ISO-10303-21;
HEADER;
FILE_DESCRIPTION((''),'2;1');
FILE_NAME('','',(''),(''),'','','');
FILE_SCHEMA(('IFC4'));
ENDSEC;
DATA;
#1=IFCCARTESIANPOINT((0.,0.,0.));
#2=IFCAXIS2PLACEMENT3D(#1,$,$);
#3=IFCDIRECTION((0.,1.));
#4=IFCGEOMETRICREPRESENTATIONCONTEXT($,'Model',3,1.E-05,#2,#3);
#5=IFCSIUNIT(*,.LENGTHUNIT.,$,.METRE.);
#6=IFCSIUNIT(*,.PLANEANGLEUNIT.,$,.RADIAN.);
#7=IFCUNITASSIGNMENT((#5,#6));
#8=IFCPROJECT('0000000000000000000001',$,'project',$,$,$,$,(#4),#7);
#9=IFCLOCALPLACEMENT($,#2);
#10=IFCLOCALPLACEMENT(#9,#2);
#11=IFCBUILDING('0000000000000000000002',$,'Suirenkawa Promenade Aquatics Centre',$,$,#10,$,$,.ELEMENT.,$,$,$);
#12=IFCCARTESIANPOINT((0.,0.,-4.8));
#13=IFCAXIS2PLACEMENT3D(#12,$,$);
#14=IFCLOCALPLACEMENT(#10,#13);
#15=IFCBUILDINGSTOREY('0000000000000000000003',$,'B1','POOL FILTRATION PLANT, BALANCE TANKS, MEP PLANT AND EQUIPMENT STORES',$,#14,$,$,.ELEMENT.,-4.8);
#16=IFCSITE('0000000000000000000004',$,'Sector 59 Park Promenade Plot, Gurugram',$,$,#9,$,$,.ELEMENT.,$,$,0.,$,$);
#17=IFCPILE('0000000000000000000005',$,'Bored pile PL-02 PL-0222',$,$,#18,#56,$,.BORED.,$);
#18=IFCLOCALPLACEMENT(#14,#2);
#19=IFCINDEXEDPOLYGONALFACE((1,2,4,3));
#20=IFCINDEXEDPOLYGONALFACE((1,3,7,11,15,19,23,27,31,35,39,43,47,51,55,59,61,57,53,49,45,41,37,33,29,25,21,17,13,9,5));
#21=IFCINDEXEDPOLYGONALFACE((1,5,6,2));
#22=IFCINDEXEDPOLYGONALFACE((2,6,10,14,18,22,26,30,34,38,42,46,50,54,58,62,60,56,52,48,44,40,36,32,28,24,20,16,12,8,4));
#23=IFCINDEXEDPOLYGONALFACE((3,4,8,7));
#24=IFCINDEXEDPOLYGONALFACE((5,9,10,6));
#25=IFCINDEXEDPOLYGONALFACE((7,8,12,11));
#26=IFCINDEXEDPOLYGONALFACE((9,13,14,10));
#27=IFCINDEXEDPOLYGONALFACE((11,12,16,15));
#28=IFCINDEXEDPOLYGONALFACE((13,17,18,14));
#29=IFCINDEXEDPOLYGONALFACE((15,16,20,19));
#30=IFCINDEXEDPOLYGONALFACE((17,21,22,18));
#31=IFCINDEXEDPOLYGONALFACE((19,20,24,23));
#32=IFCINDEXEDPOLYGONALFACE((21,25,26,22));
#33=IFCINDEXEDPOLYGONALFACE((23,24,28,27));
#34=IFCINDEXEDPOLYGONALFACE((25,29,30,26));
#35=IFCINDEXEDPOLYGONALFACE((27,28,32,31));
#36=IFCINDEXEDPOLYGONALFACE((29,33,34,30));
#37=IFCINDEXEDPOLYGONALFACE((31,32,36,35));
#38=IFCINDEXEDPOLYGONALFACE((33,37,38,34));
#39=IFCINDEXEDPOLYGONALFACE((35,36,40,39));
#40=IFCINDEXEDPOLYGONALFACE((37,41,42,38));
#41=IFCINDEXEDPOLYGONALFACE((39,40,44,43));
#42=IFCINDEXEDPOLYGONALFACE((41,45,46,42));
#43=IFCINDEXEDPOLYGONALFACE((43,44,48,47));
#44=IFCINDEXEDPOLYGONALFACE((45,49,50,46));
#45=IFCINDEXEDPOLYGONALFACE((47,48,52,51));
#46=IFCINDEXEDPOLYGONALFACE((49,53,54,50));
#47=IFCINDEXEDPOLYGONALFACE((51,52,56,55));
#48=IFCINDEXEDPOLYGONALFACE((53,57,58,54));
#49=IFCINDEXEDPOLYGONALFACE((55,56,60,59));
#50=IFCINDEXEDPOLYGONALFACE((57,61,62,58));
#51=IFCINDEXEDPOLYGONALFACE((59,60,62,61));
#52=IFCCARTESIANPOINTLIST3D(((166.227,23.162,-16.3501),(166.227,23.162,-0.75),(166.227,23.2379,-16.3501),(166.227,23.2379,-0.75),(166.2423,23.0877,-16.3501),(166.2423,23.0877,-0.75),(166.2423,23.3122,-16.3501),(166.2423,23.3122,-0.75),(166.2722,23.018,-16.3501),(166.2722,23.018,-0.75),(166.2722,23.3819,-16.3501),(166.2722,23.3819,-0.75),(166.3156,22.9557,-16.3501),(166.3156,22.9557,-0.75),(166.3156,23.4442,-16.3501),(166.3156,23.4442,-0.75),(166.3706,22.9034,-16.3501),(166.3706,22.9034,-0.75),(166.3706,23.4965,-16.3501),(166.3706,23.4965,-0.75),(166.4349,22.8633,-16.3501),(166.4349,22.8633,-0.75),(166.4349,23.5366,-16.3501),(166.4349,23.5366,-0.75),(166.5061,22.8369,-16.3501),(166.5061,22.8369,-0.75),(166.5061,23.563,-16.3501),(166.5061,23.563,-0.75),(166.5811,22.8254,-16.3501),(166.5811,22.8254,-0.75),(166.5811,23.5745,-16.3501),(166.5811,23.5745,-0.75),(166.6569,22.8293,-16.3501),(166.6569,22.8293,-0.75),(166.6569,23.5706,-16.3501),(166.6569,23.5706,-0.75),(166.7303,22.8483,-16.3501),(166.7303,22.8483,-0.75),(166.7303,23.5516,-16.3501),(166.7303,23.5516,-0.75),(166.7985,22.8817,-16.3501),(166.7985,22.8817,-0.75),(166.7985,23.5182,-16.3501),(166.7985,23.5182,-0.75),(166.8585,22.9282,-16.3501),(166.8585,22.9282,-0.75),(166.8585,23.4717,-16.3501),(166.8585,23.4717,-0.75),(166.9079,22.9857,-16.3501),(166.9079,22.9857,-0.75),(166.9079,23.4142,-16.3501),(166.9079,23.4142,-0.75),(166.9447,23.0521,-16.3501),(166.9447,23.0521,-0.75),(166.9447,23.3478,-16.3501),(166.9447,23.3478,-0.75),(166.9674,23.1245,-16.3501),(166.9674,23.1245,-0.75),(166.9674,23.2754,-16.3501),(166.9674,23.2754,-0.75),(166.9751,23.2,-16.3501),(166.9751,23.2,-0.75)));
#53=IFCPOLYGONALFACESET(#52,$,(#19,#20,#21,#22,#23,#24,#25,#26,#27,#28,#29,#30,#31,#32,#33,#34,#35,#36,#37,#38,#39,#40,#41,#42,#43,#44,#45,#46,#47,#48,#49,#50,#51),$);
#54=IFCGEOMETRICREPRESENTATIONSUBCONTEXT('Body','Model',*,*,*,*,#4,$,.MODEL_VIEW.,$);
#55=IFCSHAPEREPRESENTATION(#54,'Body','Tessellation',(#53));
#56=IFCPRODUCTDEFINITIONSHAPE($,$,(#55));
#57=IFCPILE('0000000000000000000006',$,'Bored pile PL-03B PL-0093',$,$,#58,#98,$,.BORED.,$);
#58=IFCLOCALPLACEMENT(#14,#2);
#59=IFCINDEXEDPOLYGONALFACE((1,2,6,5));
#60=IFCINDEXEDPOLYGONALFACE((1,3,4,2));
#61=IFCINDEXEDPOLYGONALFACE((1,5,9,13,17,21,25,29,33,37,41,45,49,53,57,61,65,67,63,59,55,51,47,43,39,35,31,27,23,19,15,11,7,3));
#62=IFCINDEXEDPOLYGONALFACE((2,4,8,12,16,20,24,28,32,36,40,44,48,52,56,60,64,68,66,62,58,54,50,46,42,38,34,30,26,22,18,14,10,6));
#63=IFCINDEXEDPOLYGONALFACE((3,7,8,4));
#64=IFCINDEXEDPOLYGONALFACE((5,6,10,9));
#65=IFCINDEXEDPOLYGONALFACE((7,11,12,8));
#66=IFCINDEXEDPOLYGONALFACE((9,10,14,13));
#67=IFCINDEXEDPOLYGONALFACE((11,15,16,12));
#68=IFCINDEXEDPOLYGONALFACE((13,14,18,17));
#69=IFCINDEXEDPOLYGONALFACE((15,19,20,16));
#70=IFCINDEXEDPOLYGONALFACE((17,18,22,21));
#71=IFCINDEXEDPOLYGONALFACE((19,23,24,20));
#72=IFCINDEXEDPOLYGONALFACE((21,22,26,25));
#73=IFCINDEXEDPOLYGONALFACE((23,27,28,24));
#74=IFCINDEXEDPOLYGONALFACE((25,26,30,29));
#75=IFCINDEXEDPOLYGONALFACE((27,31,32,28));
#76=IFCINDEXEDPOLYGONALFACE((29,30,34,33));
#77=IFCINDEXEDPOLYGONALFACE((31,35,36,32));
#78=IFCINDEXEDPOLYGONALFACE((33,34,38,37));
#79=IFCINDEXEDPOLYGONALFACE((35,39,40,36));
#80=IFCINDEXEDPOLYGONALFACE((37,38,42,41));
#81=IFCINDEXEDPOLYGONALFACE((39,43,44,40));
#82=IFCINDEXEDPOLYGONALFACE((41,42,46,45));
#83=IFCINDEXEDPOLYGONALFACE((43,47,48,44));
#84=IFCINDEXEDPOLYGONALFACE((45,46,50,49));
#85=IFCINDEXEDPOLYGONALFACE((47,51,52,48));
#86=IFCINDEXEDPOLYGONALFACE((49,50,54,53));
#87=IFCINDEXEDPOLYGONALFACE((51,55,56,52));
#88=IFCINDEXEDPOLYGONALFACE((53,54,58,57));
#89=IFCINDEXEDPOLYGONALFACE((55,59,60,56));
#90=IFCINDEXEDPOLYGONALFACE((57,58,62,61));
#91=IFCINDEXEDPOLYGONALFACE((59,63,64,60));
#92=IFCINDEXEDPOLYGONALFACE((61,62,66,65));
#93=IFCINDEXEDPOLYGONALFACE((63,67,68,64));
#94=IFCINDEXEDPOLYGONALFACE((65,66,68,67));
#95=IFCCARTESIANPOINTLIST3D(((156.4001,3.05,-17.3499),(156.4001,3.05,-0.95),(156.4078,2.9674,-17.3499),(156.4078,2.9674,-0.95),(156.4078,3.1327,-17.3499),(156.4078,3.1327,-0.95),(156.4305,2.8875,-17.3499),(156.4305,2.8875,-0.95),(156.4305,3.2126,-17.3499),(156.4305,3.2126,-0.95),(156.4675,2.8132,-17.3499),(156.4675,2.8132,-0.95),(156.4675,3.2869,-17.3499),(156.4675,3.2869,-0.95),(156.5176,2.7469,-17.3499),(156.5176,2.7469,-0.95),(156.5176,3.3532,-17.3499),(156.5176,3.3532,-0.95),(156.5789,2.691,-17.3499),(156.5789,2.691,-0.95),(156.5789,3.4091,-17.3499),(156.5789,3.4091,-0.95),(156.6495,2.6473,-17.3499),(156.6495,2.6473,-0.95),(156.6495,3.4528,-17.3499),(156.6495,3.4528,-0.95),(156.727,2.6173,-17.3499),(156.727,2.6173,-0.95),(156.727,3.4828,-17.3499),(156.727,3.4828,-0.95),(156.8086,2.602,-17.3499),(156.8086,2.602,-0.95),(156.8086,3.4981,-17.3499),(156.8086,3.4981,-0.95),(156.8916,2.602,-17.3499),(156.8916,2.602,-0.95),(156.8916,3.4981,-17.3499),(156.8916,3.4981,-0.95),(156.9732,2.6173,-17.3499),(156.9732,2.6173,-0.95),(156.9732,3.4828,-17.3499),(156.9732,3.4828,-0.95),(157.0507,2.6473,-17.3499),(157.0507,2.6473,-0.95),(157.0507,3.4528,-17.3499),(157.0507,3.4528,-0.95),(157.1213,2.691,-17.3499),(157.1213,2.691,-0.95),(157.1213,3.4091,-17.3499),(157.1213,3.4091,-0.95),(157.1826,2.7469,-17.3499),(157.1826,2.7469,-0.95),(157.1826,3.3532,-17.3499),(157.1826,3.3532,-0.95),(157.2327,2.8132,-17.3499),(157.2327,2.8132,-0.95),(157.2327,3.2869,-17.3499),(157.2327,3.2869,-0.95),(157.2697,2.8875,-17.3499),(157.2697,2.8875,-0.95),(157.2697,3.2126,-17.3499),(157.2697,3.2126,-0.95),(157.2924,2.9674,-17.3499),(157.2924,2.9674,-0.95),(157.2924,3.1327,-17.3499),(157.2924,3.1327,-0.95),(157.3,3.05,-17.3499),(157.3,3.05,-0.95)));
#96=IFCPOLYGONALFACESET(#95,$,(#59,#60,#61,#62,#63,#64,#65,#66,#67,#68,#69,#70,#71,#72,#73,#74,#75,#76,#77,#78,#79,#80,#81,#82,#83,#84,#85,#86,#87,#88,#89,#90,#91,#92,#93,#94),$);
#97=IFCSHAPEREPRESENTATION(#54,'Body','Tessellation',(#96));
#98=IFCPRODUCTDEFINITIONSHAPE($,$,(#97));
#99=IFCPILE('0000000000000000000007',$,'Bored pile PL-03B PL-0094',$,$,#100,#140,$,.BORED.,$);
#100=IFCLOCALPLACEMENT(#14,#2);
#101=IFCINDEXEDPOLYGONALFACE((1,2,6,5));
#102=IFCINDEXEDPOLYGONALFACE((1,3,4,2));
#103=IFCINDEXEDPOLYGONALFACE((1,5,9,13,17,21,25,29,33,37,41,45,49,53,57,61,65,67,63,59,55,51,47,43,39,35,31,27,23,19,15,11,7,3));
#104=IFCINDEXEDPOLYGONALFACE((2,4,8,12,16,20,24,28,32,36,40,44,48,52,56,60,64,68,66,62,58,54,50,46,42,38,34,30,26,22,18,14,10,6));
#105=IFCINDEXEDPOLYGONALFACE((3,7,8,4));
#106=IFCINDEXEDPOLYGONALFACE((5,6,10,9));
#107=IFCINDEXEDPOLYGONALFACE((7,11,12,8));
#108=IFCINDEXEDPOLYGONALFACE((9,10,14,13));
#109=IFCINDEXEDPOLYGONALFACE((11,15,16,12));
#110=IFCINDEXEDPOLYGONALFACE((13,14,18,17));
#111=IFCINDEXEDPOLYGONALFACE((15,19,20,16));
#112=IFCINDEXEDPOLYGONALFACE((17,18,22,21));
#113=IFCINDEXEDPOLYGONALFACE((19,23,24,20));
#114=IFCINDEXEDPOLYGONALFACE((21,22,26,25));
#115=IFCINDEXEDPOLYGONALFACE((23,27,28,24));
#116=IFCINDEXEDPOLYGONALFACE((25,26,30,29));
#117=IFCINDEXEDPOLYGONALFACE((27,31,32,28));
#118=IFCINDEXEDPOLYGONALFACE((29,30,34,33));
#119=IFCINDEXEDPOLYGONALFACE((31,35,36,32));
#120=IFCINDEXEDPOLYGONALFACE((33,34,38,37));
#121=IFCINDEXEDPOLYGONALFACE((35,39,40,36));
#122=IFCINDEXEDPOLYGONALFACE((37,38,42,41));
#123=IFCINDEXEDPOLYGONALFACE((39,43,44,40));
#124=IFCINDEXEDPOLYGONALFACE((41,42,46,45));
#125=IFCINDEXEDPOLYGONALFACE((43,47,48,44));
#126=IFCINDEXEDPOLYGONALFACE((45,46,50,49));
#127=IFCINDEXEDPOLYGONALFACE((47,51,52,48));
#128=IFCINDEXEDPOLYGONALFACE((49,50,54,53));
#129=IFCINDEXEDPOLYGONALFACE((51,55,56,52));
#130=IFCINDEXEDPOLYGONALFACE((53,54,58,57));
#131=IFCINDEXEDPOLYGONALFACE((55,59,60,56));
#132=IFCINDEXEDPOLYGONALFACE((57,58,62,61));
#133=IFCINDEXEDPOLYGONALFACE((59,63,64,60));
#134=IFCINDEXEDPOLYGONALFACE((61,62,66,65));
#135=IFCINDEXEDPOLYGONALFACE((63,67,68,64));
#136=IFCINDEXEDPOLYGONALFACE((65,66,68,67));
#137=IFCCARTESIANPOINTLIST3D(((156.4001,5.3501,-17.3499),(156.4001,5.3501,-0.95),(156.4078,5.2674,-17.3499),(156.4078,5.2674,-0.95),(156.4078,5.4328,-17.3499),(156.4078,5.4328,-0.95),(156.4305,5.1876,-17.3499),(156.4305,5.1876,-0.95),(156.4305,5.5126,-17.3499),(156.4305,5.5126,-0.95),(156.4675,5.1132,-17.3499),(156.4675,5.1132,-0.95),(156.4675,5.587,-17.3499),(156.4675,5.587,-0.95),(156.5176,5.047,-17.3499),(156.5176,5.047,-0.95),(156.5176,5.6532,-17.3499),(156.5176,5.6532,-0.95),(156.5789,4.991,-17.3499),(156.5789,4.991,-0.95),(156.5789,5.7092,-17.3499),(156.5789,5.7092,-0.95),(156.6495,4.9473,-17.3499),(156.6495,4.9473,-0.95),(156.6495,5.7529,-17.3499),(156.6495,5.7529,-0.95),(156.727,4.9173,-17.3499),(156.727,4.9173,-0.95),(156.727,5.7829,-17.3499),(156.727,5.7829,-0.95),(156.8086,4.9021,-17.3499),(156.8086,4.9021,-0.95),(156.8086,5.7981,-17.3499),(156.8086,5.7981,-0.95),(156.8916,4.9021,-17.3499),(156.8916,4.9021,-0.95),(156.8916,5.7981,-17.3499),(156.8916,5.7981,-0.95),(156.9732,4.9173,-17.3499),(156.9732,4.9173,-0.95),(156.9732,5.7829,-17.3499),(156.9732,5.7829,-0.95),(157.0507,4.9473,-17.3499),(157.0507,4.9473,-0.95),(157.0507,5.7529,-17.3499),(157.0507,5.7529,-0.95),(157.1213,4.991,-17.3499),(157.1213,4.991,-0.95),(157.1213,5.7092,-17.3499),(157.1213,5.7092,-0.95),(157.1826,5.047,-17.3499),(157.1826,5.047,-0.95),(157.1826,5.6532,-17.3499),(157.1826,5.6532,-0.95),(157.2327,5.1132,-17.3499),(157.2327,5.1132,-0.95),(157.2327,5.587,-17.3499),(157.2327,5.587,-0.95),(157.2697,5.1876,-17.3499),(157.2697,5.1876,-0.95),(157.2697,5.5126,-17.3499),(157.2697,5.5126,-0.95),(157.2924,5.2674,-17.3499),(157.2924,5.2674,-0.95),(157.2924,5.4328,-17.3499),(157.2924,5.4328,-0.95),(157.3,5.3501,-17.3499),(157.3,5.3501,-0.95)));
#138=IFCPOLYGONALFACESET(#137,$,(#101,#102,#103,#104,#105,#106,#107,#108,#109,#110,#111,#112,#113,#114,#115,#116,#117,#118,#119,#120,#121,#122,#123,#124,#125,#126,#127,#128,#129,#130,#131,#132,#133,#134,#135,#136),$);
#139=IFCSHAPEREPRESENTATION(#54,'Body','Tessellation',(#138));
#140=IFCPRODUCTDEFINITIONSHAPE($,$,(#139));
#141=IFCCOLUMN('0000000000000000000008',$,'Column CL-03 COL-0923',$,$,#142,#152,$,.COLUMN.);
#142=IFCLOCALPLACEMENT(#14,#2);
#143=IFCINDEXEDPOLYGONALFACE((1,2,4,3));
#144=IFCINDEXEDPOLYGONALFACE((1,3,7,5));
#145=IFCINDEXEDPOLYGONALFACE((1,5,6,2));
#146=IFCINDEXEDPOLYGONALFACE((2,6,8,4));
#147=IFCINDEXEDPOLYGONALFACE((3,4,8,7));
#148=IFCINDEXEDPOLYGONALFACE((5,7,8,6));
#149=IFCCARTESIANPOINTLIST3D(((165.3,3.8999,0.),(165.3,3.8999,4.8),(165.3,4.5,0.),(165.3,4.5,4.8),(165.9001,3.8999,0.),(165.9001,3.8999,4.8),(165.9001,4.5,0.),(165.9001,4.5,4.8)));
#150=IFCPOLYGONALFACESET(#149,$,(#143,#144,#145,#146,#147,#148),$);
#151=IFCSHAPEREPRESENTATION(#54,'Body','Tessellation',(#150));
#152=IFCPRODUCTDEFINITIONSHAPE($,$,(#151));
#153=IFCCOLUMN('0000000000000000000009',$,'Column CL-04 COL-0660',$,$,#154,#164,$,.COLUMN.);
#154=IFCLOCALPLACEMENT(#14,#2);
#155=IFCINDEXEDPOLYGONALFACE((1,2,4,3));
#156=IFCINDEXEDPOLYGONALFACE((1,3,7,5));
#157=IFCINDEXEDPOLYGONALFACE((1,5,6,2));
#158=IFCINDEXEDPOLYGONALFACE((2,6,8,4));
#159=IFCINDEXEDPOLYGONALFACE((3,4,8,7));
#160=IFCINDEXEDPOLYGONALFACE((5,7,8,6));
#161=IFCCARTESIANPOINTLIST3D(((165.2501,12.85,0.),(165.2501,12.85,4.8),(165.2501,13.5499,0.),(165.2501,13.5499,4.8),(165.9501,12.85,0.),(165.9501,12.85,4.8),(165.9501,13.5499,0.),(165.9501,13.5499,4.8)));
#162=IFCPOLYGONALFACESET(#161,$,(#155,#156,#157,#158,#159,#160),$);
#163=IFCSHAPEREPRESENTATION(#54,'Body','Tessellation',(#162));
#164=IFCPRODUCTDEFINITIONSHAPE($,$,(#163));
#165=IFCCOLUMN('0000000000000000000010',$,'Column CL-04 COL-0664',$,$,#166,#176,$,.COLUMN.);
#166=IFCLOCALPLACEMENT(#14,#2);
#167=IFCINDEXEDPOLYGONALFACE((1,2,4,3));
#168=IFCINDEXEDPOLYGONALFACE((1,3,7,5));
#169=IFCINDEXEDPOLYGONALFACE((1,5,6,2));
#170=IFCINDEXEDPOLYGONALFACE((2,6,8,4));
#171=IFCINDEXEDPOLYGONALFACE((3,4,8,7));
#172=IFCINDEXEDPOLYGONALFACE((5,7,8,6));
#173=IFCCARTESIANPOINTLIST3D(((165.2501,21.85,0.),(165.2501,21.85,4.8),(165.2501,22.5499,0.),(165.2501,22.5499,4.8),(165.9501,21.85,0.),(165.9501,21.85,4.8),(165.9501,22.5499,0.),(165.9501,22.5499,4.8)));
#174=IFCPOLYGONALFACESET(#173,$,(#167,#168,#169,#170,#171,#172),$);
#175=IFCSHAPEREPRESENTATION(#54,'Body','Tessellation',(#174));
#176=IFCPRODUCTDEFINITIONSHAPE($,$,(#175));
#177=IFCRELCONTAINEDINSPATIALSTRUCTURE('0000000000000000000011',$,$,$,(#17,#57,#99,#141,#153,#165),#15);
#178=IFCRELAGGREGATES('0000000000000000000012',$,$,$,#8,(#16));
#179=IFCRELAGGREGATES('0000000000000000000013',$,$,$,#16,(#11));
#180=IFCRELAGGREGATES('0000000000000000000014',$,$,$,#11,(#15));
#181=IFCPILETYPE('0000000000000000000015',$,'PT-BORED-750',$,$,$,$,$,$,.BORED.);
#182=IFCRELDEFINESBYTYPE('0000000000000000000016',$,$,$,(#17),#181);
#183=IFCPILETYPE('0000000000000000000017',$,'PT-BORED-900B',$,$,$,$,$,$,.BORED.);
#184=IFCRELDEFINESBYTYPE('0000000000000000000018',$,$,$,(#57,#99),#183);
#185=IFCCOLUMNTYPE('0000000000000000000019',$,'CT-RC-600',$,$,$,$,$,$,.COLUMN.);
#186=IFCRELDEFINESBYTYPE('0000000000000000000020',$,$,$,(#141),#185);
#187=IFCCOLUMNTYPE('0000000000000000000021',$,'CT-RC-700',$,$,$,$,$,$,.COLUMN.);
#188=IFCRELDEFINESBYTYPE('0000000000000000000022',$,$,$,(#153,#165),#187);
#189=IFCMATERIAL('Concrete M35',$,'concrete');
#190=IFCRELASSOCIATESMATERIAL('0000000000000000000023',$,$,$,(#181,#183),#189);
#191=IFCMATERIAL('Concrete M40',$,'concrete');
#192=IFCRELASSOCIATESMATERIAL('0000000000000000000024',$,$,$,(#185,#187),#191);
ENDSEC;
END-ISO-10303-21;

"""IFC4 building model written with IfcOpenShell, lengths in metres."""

from ifc_helpers import new_model, si_unit, direction, frame, origin, origin_2d, place, context, subcontext, project, spatial, rectangle, circle, extrude, material, material_profile, profile_set, type_object, element, save


model = new_model("IFC4")

# Units and contexts
model_context = context("Model", 3, precision=1e-05, world=origin(), true_north=direction((0.0, 1.0)))
body_context = subcontext(model_context, "Body", "Model", "MODEL_VIEW")
ifc_project = project(units=[si_unit("LENGTHUNIT", "METRE"), si_unit("PLANEANGLEUNIT", "RADIAN")], contexts=[model_context])

# Site, building, storey
site_placement = place(None, origin())
site = spatial("IfcSite", under=ifc_project, at=site_placement, Name="Sector 59 Park Promenade Plot, Gurugram", CompositionType="ELEMENT", RefElevation=0.0)
building_placement = place(site_placement, origin())
building = spatial("IfcBuilding", under=site, at=building_placement, Name="Suirenkawa Promenade Aquatics Centre", CompositionType="ELEMENT")
storey_placement = place(building_placement, frame((0.0, 0.0, -4.8)))
storey = spatial("IfcBuildingStorey", under=building, at=storey_placement, Name="B1", Description="POOL FILTRATION PLANT, BALANCE TANKS, MEP PLANT AND EQUIPMENT STORES", CompositionType="ELEMENT", Elevation=-4.8)

# Shared definitions
ifc_material_1 = material(Name="Concrete M35", Category="concrete")

# Piles
ifc_material_profile_1 = material_profile(ifc_material_1, circle(Radius=0.375, at=origin_2d()), Name="PILE D750", Category="concrete")
ifc_profile_set_1 = profile_set([ifc_material_profile_1], Name="Concrete M35")
pile_type_1 = type_object("IfcPileType", Name="PT-BORED-750", PredefinedType="BORED", material=ifc_profile_set_1)
for number, where, z_axis, x_axis, name in (
    (1, (166.6001, 23.2, -0.75), (0.0, 0.0, -1.0), (1.0, 0.0, 0.0), "Bored pile PL-02 PL-0222"),
):
    element("IfcPile", number, at=place(storey_placement, frame(where, z_axis=z_axis, x_axis=x_axis)), inside=storey, type_object=pile_type_1, Name=name, PredefinedType="BORED", context=body_context, shape_type="SweptSolid", body=[
        extrude(circle(Radius=0.375, at=origin_2d()), origin(), (0.0, 0.0, 1.0), 15.6001),
    ])
ifc_material_profile_2 = material_profile(ifc_material_1, circle(Radius=0.45, at=origin_2d()), Name="PILE D900", Category="concrete")
ifc_profile_set_2 = profile_set([ifc_material_profile_2], Name="Concrete M35")
pile_type_2 = type_object("IfcPileType", Name="PT-BORED-900B", PredefinedType="BORED", material=ifc_profile_set_2)
for number, where, z_axis, x_axis, name in (
    (2, (156.8501, 3.05, -0.95), (0.0, 0.0, -1.0), (1.0, 0.0, 0.0), "Bored pile PL-03B PL-0093"),
    (3, (156.8501, 5.3501, -0.95), (0.0, 0.0, -1.0), (1.0, 0.0, 0.0), "Bored pile PL-03B PL-0094"),
):
    element("IfcPile", number, at=place(storey_placement, frame(where, z_axis=z_axis, x_axis=x_axis)), inside=storey, type_object=pile_type_2, Name=name, PredefinedType="BORED", context=body_context, shape_type="SweptSolid", body=[
        extrude(circle(Radius=0.45, at=origin_2d()), origin(), (0.0, 0.0, 1.0), 16.3999),
    ])

# Columns
ifc_material_2 = material(Name="Concrete M40", Category="concrete")
ifc_material_profile_3 = material_profile(ifc_material_2, rectangle(XDim=0.6001, YDim=0.6001, at=origin_2d()), Name="RC COL 600x600", Category="concrete")
ifc_profile_set_3 = profile_set([ifc_material_profile_3], Name="Concrete M40")
column_type_1 = type_object("IfcColumnType", Name="CT-RC-600", PredefinedType="COLUMN", material=ifc_profile_set_3)
column_placement = place(storey_placement, frame((165.6001, 4.2, 0.0), z_axis=(0.0, 0.0, 1.0), x_axis=(1.0, 0.0, 0.0)))
element("IfcColumn", 4, at=column_placement, inside=storey, type_object=column_type_1, Name="Column CL-03 COL-0923", PredefinedType="COLUMN", context=body_context, shape_type="SweptSolid", body=[
    extrude(rectangle(XDim=0.6001, YDim=0.6001, at=origin_2d()), origin(), (0.0, 0.0, 1.0), 4.8),
])
ifc_material_profile_4 = material_profile(ifc_material_2, rectangle(XDim=0.7, YDim=0.7, at=origin_2d()), Name="RC COL 700x700", Category="concrete")
ifc_profile_set_4 = profile_set([ifc_material_profile_4], Name="Concrete M40")
column_type_2 = type_object("IfcColumnType", Name="CT-RC-700", PredefinedType="COLUMN", material=ifc_profile_set_4)
for number, where, z_axis, x_axis, name in (
    (5, (165.6001, 13.2, 0.0), (0.0, 0.0, 1.0), (1.0, 0.0, 0.0), "Column CL-04 COL-0660"),
    (6, (165.6001, 22.2, 0.0), (0.0, 0.0, 1.0), (1.0, 0.0, 0.0), "Column CL-04 COL-0664"),
):
    element("IfcColumn", number, at=place(storey_placement, frame(where, z_axis=z_axis, x_axis=x_axis)), inside=storey, type_object=column_type_2, Name=name, PredefinedType="COLUMN", context=body_context, shape_type="SweptSolid", body=[
        extrude(rectangle(XDim=0.7, YDim=0.7, at=origin_2d()), origin(), (0.0, 0.0, 1.0), 4.8),
    ])

save(model, "model.ifc")
